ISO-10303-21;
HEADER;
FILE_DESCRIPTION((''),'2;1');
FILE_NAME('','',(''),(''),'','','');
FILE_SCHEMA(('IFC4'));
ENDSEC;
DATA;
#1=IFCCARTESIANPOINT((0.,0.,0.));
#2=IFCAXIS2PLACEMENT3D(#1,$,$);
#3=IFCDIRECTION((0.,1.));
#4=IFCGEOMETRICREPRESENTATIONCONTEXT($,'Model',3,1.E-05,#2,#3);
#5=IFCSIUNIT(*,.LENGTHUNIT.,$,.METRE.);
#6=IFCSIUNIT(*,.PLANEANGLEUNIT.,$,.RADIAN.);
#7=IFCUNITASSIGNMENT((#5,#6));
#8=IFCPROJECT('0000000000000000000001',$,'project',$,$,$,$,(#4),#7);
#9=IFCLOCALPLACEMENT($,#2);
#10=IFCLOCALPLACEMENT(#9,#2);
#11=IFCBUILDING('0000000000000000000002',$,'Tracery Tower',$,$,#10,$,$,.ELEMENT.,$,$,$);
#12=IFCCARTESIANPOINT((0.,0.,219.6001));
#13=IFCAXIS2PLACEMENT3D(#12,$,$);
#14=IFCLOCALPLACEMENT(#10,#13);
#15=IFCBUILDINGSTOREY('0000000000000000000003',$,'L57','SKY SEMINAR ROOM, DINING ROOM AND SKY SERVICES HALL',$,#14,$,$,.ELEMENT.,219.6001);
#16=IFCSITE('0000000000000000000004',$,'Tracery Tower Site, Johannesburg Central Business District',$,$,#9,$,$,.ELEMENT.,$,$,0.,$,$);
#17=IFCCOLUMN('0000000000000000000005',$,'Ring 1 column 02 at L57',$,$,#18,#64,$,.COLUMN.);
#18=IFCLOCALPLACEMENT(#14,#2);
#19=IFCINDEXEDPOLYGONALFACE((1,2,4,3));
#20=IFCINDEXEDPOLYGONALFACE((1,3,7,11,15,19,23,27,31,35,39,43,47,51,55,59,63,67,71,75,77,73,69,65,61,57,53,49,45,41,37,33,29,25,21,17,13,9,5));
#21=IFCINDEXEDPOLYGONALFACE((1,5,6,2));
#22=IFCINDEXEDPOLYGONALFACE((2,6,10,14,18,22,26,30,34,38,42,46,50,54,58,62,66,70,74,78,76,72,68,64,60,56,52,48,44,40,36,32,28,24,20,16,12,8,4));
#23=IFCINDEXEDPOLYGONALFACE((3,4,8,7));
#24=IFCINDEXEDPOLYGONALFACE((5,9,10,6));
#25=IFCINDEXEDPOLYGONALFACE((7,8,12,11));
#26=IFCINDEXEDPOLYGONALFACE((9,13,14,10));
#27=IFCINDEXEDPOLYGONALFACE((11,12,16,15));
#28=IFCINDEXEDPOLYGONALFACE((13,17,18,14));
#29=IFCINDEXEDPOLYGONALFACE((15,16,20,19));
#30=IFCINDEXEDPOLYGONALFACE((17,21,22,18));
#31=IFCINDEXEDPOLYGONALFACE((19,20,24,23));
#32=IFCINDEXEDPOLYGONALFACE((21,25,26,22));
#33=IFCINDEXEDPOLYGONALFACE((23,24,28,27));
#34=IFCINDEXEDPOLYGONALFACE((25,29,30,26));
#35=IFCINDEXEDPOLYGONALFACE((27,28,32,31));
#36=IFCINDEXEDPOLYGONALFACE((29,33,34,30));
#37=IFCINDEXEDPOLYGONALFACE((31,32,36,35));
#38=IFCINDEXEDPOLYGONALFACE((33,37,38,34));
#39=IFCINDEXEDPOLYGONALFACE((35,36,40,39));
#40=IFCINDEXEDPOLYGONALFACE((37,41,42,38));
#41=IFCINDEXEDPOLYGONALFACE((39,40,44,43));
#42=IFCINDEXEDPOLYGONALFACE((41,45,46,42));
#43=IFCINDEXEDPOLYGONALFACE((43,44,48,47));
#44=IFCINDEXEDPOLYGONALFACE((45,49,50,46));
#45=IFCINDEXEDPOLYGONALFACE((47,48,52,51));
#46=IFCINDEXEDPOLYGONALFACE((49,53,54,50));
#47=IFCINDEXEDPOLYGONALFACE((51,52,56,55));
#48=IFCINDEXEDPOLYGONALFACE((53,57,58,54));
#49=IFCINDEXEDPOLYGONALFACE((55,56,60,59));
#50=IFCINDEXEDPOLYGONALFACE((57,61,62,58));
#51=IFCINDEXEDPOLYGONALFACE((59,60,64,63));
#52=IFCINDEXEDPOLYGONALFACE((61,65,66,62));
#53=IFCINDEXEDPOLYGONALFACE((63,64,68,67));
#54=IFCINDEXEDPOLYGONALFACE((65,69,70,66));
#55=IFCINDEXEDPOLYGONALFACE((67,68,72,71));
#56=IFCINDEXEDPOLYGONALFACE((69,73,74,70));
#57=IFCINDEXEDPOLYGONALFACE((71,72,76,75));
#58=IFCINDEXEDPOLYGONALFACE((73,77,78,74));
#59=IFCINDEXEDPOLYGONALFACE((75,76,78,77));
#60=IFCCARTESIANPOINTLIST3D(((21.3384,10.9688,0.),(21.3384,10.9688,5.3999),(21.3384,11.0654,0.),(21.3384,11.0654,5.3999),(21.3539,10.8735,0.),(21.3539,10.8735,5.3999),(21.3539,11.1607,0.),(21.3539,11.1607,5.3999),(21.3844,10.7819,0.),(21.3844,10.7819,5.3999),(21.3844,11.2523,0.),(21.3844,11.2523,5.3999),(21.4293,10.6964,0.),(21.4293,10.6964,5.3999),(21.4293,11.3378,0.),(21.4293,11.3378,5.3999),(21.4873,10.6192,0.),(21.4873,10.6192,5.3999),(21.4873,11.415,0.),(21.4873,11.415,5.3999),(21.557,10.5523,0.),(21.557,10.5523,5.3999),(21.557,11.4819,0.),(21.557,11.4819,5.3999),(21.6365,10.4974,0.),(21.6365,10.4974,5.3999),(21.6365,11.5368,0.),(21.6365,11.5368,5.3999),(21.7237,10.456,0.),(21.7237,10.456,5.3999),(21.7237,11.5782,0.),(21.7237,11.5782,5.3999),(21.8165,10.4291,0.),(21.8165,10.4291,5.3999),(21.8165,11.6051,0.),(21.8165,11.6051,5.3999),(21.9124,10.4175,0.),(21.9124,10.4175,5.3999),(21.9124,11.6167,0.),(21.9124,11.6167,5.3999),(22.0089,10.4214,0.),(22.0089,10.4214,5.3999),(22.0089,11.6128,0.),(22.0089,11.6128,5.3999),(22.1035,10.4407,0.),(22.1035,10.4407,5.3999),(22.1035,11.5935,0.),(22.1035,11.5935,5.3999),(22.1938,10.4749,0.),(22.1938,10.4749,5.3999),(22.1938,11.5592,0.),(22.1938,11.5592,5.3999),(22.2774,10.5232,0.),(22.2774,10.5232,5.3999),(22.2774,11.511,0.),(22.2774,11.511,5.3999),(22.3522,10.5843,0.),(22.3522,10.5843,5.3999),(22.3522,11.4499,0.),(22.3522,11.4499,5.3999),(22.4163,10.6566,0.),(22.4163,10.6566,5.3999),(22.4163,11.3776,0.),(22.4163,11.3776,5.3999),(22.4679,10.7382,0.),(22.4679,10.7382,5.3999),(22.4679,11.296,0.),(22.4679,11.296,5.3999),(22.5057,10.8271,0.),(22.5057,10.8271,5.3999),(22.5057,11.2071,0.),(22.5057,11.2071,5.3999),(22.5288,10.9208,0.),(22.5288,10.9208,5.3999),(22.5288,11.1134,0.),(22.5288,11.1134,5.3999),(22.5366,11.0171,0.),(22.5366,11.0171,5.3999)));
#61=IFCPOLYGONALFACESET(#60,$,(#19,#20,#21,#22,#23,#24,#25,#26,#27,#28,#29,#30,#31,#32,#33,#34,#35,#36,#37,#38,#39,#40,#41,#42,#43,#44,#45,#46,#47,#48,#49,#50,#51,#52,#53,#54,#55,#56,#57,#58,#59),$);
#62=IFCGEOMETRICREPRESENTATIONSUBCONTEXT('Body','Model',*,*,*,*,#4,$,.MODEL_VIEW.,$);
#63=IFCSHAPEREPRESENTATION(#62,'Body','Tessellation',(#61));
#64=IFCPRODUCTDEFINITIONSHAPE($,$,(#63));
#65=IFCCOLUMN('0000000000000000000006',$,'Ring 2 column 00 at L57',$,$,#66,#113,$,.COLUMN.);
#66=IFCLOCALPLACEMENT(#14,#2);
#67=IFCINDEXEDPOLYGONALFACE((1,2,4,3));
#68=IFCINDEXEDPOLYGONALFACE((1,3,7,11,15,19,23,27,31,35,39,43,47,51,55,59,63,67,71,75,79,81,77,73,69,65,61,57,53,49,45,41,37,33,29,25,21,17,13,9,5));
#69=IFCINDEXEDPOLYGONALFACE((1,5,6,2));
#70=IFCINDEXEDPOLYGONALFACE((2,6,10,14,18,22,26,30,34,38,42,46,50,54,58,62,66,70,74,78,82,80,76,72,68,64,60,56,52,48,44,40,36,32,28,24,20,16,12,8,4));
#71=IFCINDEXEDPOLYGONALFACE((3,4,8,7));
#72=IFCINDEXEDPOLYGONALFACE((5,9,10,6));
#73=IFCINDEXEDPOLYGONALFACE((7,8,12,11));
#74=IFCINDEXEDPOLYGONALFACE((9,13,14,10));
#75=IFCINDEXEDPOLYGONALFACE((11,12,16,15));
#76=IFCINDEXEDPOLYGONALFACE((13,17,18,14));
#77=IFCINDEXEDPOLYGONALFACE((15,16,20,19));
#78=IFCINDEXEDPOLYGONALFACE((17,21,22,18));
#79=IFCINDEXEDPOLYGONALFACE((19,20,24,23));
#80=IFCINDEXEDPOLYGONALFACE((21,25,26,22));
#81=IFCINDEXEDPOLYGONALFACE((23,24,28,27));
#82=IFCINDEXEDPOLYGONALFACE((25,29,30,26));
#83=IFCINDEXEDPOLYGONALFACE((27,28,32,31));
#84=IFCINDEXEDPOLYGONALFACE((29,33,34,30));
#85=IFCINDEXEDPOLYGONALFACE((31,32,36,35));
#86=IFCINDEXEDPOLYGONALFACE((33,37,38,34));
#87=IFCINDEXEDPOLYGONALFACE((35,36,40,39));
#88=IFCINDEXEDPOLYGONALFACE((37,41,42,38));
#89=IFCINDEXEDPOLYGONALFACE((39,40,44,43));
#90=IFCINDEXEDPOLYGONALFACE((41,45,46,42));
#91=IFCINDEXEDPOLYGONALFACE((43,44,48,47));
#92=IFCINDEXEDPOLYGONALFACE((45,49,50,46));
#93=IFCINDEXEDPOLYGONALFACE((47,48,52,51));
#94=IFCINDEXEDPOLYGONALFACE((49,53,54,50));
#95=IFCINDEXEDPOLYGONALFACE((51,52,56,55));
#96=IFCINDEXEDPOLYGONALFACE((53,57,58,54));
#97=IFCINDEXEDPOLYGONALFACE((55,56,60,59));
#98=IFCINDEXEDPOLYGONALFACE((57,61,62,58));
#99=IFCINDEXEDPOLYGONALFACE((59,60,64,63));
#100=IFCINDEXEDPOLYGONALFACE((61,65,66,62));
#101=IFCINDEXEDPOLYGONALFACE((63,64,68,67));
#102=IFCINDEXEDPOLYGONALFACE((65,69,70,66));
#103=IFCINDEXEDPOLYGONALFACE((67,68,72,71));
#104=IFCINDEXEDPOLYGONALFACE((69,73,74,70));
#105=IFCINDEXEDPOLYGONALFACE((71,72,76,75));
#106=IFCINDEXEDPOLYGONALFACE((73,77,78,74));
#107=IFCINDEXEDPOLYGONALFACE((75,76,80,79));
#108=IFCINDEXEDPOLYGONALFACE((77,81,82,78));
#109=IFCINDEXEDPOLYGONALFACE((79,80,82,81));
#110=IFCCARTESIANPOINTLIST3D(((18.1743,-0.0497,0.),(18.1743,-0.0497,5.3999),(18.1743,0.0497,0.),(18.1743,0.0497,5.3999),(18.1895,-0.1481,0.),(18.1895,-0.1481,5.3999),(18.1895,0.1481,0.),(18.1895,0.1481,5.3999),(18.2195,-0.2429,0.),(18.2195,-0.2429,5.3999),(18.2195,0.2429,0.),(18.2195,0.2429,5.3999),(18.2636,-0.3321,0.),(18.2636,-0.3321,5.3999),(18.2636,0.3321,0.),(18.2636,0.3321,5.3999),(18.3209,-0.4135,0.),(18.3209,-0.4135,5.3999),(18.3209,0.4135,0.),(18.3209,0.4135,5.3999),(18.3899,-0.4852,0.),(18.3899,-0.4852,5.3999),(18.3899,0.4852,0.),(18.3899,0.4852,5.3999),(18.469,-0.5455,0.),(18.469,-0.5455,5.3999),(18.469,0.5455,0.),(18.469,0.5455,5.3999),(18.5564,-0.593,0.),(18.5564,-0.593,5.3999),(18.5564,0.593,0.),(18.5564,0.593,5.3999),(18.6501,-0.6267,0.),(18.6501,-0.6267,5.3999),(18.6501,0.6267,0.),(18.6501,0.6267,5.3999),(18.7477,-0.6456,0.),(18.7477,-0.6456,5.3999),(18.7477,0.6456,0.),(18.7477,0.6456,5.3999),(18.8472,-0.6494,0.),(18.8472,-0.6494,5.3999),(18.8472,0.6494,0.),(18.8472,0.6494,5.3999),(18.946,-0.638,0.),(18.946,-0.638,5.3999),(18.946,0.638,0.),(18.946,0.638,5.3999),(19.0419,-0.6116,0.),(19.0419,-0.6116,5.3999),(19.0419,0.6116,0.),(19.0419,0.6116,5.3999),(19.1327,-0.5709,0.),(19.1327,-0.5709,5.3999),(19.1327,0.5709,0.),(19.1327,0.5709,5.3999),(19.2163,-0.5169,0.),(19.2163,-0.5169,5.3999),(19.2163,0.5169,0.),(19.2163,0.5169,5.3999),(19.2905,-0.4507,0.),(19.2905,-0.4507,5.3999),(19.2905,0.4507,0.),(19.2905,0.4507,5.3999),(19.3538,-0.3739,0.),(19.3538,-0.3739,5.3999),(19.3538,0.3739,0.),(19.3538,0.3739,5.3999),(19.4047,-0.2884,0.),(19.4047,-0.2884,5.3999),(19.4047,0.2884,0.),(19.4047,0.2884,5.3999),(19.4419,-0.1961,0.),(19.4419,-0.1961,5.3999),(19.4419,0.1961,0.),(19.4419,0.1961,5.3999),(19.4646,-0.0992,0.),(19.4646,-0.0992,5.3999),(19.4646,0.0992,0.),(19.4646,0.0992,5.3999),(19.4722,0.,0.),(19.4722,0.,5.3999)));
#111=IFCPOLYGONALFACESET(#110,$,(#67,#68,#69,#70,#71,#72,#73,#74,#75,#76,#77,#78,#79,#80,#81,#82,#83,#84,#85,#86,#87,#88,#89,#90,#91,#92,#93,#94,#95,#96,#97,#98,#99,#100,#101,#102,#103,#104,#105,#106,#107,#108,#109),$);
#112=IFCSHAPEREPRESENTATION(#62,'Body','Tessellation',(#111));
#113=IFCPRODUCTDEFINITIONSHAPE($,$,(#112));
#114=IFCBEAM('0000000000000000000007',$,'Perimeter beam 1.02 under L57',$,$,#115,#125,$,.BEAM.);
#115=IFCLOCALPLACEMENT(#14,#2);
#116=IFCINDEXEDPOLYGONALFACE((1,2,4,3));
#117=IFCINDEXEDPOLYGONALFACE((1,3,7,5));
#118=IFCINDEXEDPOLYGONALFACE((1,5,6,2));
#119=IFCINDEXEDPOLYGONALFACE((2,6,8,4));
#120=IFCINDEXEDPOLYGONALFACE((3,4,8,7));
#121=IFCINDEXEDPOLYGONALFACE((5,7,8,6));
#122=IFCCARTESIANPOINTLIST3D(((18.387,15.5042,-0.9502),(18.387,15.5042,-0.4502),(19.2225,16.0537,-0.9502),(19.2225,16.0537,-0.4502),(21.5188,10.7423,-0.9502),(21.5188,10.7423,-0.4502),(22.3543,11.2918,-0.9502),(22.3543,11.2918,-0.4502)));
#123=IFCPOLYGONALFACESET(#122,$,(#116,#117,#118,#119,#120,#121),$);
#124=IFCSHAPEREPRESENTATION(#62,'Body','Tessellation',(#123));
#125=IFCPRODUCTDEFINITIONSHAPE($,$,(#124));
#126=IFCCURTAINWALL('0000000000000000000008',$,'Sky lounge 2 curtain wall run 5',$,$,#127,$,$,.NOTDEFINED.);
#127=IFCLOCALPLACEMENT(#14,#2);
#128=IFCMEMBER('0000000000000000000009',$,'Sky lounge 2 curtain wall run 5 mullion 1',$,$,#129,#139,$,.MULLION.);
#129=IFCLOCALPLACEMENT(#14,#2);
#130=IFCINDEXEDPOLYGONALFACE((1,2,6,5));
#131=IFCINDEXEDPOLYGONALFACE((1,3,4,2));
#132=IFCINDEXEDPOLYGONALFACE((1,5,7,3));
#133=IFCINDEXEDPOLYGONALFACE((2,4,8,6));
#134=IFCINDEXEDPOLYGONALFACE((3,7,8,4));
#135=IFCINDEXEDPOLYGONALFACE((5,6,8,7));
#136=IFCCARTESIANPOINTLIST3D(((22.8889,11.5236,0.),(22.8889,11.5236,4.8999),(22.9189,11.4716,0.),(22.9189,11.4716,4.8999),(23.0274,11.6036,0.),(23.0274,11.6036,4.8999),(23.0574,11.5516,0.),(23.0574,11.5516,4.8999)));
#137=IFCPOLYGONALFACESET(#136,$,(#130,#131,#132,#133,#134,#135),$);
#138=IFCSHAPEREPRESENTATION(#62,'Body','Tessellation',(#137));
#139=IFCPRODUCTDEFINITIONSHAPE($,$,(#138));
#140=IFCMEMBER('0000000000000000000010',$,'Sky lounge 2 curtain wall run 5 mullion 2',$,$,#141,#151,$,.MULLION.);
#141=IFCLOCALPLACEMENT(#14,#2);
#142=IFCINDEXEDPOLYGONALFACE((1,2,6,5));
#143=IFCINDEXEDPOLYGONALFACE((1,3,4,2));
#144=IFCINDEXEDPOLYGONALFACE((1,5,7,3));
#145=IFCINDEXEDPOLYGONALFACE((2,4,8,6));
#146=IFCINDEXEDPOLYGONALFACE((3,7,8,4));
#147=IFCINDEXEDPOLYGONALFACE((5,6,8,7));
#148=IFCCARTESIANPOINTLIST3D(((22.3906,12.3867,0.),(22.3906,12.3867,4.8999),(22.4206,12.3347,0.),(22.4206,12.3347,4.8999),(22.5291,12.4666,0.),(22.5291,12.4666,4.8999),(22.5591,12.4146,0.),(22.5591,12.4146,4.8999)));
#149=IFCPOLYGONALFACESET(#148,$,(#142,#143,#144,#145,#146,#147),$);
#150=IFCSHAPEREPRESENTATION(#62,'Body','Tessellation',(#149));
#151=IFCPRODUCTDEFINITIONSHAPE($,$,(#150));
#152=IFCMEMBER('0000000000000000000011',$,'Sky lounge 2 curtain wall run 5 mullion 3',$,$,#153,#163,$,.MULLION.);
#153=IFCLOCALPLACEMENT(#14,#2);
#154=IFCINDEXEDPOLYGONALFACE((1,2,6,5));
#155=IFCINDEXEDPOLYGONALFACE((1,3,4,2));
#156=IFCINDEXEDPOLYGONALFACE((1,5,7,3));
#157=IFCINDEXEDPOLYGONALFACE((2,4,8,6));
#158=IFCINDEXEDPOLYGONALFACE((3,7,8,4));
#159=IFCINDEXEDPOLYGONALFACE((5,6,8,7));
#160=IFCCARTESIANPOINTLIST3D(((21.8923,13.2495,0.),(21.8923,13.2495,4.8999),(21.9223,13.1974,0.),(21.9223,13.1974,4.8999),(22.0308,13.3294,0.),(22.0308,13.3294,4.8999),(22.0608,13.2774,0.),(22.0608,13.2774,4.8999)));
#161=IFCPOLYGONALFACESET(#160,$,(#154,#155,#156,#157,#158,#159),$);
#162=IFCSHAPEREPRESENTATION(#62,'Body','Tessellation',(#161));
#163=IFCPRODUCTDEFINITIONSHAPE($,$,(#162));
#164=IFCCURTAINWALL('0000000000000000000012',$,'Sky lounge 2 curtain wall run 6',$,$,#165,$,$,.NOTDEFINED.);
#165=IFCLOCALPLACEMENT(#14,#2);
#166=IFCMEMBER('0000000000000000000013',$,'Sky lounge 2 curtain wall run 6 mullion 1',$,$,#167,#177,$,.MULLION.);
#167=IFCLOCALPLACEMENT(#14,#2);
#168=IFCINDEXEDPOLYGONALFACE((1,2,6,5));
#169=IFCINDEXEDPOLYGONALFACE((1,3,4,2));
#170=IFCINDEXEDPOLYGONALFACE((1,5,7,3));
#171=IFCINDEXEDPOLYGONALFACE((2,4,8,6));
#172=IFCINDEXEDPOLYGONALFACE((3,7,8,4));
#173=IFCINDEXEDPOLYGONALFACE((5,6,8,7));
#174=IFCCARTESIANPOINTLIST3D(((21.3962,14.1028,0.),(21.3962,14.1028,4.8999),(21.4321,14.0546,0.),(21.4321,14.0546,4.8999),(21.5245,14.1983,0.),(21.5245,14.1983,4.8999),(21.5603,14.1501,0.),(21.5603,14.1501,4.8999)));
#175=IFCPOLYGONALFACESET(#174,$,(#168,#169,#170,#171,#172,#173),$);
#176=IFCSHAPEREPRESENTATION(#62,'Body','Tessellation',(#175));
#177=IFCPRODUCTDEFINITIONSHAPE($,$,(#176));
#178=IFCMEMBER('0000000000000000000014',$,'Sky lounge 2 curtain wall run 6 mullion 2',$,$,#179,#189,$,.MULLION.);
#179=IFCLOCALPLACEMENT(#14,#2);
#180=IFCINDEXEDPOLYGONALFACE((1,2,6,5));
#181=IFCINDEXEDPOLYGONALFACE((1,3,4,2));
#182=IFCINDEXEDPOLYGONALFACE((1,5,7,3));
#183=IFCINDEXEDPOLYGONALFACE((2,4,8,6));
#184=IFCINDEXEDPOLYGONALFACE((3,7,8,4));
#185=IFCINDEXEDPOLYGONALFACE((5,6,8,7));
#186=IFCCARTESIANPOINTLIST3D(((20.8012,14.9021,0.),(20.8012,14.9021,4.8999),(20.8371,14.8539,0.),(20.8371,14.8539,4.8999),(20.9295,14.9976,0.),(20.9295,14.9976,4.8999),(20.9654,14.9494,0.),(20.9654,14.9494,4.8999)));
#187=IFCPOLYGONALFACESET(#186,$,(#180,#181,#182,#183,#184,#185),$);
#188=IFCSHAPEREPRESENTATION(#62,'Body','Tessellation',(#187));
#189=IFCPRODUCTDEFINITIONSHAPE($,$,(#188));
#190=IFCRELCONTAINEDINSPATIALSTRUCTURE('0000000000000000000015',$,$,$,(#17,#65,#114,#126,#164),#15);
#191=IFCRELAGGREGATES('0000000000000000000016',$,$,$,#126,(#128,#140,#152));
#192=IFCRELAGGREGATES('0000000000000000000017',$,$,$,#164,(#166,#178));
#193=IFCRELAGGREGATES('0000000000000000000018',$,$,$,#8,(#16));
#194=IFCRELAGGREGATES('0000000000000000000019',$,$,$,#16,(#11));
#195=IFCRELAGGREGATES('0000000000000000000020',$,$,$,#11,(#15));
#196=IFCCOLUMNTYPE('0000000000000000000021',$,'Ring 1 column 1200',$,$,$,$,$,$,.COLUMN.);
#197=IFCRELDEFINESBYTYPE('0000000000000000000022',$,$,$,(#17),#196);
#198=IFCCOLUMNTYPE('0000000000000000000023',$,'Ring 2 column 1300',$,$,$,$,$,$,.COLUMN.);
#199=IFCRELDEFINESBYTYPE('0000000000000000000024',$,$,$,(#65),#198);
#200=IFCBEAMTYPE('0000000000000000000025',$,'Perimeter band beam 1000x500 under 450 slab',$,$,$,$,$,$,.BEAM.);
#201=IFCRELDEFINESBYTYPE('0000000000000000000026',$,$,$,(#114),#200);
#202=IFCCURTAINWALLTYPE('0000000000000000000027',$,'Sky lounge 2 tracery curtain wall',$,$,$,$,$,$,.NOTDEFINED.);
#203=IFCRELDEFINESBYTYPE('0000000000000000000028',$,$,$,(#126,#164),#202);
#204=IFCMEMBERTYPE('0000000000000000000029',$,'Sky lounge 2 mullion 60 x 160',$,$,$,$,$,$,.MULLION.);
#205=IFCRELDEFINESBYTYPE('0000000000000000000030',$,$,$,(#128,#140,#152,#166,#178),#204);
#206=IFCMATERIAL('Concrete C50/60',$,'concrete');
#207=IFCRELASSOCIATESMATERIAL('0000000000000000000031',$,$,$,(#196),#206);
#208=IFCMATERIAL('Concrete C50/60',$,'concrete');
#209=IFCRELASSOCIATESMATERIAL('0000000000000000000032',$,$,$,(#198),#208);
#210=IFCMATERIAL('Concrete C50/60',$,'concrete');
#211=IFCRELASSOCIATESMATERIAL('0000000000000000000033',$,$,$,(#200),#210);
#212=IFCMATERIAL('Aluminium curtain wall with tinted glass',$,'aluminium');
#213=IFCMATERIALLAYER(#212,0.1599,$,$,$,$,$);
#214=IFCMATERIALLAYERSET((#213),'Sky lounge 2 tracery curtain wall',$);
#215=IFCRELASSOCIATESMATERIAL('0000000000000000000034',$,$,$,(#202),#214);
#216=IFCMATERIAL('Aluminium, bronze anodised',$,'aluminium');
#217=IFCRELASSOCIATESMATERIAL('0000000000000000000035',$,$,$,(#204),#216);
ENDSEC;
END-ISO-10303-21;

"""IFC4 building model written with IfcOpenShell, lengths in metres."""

from ifc_helpers import new_model, si_unit, direction, frame, origin, origin_2d, place, context, subcontext, project, spatial, rectangle, circle, extrude, material, layer, layer_set, material_profile, profile_set, type_object, element, aggregate, save


model = new_model("IFC4")

# Units and contexts
model_context = context("Model", 3, precision=1e-05, world=origin(), true_north=direction((0.0, 1.0)))
body_context = subcontext(model_context, "Body", "Model", "MODEL_VIEW")
ifc_project = project(units=[si_unit("LENGTHUNIT", "METRE"), si_unit("PLANEANGLEUNIT", "RADIAN")], contexts=[model_context])

# Site, building, storey
site_placement = place(None, origin())
site = spatial("IfcSite", under=ifc_project, at=site_placement, Name="Tracery Tower Site, Johannesburg Central Business District", CompositionType="ELEMENT", RefElevation=0.0)
building_placement = place(site_placement, origin())
building = spatial("IfcBuilding", under=site, at=building_placement, Name="Tracery Tower", CompositionType="ELEMENT")
storey_placement = place(building_placement, frame((0.0, 0.0, 219.6001)))
storey = spatial("IfcBuildingStorey", under=building, at=storey_placement, Name="L57", Description="SKY SEMINAR ROOM, DINING ROOM AND SKY SERVICES HALL", CompositionType="ELEMENT", Elevation=219.6001)

# Columns
ifc_material_1 = material(Name="Concrete C50/60", Category="concrete")
ifc_material_profile_1 = material_profile(ifc_material_1, circle(Radius=0.6001, at=origin_2d()), Name="RC D1200")
ifc_profile_set_1 = profile_set([ifc_material_profile_1], Name="Concrete C50/60")
column_type_1 = type_object("IfcColumnType", Name="Ring 1 column 1200", PredefinedType="COLUMN", material=ifc_profile_set_1)
column_1_placement = place(storey_placement, frame((21.9365, 11.0171, 0.0), z_axis=(0.0, 0.0, 1.0), x_axis=(1.0, 0.0, 0.0)))
element("IfcColumn", 1, at=column_1_placement, inside=storey, type_object=column_type_1, Name="Ring 1 column 02 at L57", PredefinedType="COLUMN", context=body_context, shape_type="SweptSolid", body=[
    extrude(circle(Radius=0.6001, at=origin_2d()), origin(), (0.0, 0.0, 1.0), 5.3999),
])
ifc_material_2 = material(Name="Concrete C50/60", Category="concrete")
ifc_material_profile_2 = material_profile(ifc_material_2, circle(Radius=0.6499, at=origin_2d()), Name="RC D1300")
ifc_profile_set_2 = profile_set([ifc_material_profile_2], Name="Concrete C50/60")
column_type_2 = type_object("IfcColumnType", Name="Ring 2 column 1300", PredefinedType="COLUMN", material=ifc_profile_set_2)
column_2_placement = place(storey_placement, frame((18.8223, 0.0, 0.0), z_axis=(0.0, 0.0, 1.0), x_axis=(1.0, 0.0, 0.0)))
element("IfcColumn", 2, at=column_2_placement, inside=storey, type_object=column_type_2, Name="Ring 2 column 00 at L57", PredefinedType="COLUMN", context=body_context, shape_type="SweptSolid", body=[
    extrude(circle(Radius=0.6499, at=origin_2d()), origin(), (0.0, 0.0, 1.0), 5.3999),
])

# Beam
ifc_material_3 = material(Name="Concrete C50/60", Category="concrete")
ifc_material_profile_3 = material_profile(ifc_material_3, rectangle(XDim=1.0, YDim=0.5, at=origin_2d()), Name="RC 1000x500")
ifc_profile_set_3 = profile_set([ifc_material_profile_3], Name="Concrete C50/60")
beam_type = type_object("IfcBeamType", Name="Perimeter band beam 1000x500 under 450 slab", PredefinedType="BEAM", material=ifc_profile_set_3)
beam_placement = place(storey_placement, frame((21.9365, 11.0171, -0.7002), z_axis=(-0.54949, 0.8355, 0.0), x_axis=(-0.8355, -0.54949, 0.0)))
element("IfcBeam", 3, at=beam_placement, inside=storey, type_object=beam_type, Name="Perimeter beam 1.02 under L57", PredefinedType="BEAM", context=body_context, shape_type="SweptSolid", body=[
    extrude(rectangle(XDim=1.0, YDim=0.5, at=origin_2d()), origin(), (0.0, 0.0, 1.0), 5.6995),
])

# Curtain walls, members
ifc_material_4 = material(Name="Aluminium curtain wall with tinted glass", Category="aluminium")
ifc_layer_1 = layer(ifc_material_4, 0.1599)
ifc_layer_set_1 = layer_set([ifc_layer_1], Name="Sky lounge 2 tracery curtain wall")
curtain_wall_type = type_object("IfcCurtainWallType", Name="Sky lounge 2 tracery curtain wall", PredefinedType="NOTDEFINED", material=ifc_layer_set_1)
curtain_wall_1_placement = place(storey_placement, origin())
curtain_wall_1 = element("IfcCurtainWall", 4, at=curtain_wall_1_placement, inside=storey, type_object=curtain_wall_type, Name="Sky lounge 2 curtain wall run 5", PredefinedType="NOTDEFINED")
ifc_material_5 = material(Name="Aluminium, bronze anodised", Category="aluminium")
ifc_material_profile_4 = material_profile(ifc_material_5, rectangle(XDim=0.1599, YDim=0.0601, at=origin_2d()), Name="AL 60x160")
ifc_profile_set_4 = profile_set([ifc_material_profile_4], Name="Aluminium, bronze anodised")
member_type_1 = type_object("IfcMemberType", Name="Sky lounge 2 mullion 60 x 160", PredefinedType="MULLION", material=ifc_profile_set_4)
member_1_placement = place(storey_placement, frame((22.9731, 11.5376, 0.0), z_axis=(0.0, 0.0, 1.0), x_axis=(-0.866025, -0.5, 0.0)))
member_1 = element("IfcMember", 5, at=member_1_placement, type_object=member_type_1, Name="Sky lounge 2 curtain wall run 5 mullion 1", PredefinedType="MULLION", context=body_context, shape_type="SweptSolid", body=[
    extrude(rectangle(XDim=0.1599, YDim=0.0601, at=origin_2d()), origin(), (0.0, 0.0, 1.0), 4.8999),
])
member_2_placement = place(storey_placement, frame((22.4749, 12.4006, 0.0), z_axis=(0.0, 0.0, 1.0), x_axis=(-0.866025, -0.5, 0.0)))
member_2 = element("IfcMember", 6, at=member_2_placement, type_object=member_type_1, Name="Sky lounge 2 curtain wall run 5 mullion 2", PredefinedType="MULLION", context=body_context, shape_type="SweptSolid", body=[
    extrude(rectangle(XDim=0.1599, YDim=0.0601, at=origin_2d()), origin(), (0.0, 0.0, 1.0), 4.8999),
])
member_3_placement = place(storey_placement, frame((21.9766, 13.2634, 0.0), z_axis=(0.0, 0.0, 1.0), x_axis=(-0.866025, -0.5, 0.0)))
member_3 = element("IfcMember", 7, at=member_3_placement, type_object=member_type_1, Name="Sky lounge 2 curtain wall run 5 mullion 3", PredefinedType="MULLION", context=body_context, shape_type="SweptSolid", body=[
    extrude(rectangle(XDim=0.1599, YDim=0.0601, at=origin_2d()), origin(), (0.0, 0.0, 1.0), 4.8999),
])
curtain_wall_2_placement = place(storey_placement, origin())
curtain_wall_2 = element("IfcCurtainWall", 8, at=curtain_wall_2_placement, inside=storey, type_object=curtain_wall_type, Name="Sky lounge 2 curtain wall run 6", PredefinedType="NOTDEFINED")
member_4_placement = place(storey_placement, frame((21.4783, 14.1265, 0.0), z_axis=(0.0, 0.0, 1.0), x_axis=(-0.802123, -0.597159, 0.0)))
member_4 = element("IfcMember", 9, at=member_4_placement, type_object=member_type_1, Name="Sky lounge 2 curtain wall run 6 mullion 1", PredefinedType="MULLION", context=body_context, shape_type="SweptSolid", body=[
    extrude(rectangle(XDim=0.1599, YDim=0.0601, at=origin_2d()), origin(), (0.0, 0.0, 1.0), 4.8999),
])
member_5_placement = place(storey_placement, frame((20.8833, 14.9258, 0.0), z_axis=(0.0, 0.0, 1.0), x_axis=(-0.802123, -0.597159, 0.0)))
member_5 = element("IfcMember", 10, at=member_5_placement, type_object=member_type_1, Name="Sky lounge 2 curtain wall run 6 mullion 2", PredefinedType="MULLION", context=body_context, shape_type="SweptSolid", body=[
    extrude(rectangle(XDim=0.1599, YDim=0.0601, at=origin_2d()), origin(), (0.0, 0.0, 1.0), 4.8999),
])

aggregate(curtain_wall_1, [member_1, member_2, member_3])
aggregate(curtain_wall_2, [member_4, member_5])

save(model, "model.ifc")
